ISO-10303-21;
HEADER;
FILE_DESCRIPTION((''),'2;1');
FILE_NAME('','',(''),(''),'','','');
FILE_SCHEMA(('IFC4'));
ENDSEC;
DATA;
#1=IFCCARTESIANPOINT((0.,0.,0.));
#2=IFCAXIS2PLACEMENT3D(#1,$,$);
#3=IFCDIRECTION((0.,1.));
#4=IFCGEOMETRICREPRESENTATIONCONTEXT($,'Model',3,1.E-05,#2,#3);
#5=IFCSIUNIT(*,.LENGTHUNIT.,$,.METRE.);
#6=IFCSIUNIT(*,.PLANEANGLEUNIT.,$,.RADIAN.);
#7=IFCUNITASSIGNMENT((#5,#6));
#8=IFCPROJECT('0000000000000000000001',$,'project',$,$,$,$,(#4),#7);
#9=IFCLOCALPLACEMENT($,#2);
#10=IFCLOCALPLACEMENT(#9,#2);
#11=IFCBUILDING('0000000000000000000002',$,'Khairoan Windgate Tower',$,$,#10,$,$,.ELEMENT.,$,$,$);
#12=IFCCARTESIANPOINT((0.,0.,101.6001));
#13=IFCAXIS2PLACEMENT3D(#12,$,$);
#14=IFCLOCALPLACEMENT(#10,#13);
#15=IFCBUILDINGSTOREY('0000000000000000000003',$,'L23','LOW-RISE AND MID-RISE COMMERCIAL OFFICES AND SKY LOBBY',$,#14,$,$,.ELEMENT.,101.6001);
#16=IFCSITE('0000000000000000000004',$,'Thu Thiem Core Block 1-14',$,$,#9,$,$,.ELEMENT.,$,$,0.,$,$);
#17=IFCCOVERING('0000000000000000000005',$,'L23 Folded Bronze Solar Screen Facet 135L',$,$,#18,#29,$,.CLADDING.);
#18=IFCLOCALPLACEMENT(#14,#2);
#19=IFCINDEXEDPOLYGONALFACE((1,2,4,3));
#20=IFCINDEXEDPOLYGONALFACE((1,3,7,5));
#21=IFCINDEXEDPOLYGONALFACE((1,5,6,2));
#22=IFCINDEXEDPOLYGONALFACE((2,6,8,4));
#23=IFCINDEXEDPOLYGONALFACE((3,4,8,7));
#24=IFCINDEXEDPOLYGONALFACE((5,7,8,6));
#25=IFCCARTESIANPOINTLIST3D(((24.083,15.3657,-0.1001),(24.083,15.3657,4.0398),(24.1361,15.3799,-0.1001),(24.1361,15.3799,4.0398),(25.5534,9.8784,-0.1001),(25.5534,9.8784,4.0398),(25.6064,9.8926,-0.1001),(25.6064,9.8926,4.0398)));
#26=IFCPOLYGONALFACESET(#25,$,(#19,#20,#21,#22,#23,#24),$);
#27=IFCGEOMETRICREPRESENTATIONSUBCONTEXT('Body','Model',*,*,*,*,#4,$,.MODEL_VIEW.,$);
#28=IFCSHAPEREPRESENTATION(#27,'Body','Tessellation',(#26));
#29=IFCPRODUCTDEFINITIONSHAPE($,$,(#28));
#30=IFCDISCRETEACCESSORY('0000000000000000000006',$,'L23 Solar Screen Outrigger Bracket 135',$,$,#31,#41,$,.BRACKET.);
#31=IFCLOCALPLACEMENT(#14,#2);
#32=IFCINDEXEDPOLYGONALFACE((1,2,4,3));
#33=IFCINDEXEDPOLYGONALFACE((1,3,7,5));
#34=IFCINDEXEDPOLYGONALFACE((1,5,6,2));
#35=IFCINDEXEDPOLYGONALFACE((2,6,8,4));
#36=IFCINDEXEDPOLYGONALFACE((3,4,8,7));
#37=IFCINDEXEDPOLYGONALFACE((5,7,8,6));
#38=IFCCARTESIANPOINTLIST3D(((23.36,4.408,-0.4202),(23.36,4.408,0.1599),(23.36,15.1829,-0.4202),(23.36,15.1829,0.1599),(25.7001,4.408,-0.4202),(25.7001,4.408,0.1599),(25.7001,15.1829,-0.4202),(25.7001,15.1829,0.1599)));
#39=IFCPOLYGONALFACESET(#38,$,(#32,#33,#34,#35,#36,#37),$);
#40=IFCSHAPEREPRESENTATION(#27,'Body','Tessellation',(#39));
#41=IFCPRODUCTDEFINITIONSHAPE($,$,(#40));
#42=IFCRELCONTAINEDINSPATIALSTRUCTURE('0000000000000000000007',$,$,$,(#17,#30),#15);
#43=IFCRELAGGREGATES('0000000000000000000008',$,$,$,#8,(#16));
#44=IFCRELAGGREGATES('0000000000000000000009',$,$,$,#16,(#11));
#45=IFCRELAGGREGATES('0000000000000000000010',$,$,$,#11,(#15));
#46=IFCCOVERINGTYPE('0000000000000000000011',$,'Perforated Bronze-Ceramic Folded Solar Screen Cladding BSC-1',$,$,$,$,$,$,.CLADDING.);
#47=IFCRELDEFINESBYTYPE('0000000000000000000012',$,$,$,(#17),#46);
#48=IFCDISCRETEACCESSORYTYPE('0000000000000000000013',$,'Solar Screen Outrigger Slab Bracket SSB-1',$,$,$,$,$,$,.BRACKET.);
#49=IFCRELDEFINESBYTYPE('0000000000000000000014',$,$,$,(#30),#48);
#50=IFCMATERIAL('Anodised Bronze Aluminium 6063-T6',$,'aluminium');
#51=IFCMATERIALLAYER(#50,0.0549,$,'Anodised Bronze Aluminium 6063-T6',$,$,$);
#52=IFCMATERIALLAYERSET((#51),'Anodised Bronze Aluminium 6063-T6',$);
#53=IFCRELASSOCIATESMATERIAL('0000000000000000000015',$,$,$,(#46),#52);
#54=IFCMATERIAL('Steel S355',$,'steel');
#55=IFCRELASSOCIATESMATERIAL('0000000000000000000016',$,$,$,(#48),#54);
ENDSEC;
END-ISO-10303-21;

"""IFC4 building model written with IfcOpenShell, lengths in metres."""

from ifc_helpers import new_model, si_unit, direction, frame, origin, origin_2d, place, context, subcontext, project, spatial, rectangle, extrude, material, layer, layer_set, type_object, element, save


model = new_model("IFC4")

# Units and contexts
model_context = context("Model", 3, precision=1e-05, world=origin(), true_north=direction((0.0, 1.0)))
body_context = subcontext(model_context, "Body", "Model", "MODEL_VIEW")
ifc_project = project(units=[si_unit("LENGTHUNIT", "METRE"), si_unit("PLANEANGLEUNIT", "RADIAN")], contexts=[model_context])

# Site, building, storey
site_placement = place(None, origin())
site = spatial("IfcSite", under=ifc_project, at=site_placement, Name="Thu Thiem Core Block 1-14", CompositionType="ELEMENT", RefElevation=0.0)
building_placement = place(site_placement, origin())
building = spatial("IfcBuilding", under=site, at=building_placement, Name="Khairoan Windgate Tower", CompositionType="ELEMENT")
storey_placement = place(building_placement, frame((0.0, 0.0, 101.6001)))
storey = spatial("IfcBuildingStorey", under=building, at=storey_placement, Name="L23", Description="LOW-RISE AND MID-RISE COMMERCIAL OFFICES AND SKY LOBBY", CompositionType="ELEMENT", Elevation=101.6001)

# Covering
ifc_material_1 = material(Name="Anodised Bronze Aluminium 6063-T6", Category="aluminium")
ifc_layer_1 = layer(ifc_material_1, 0.0549, Name="Anodised Bronze Aluminium 6063-T6")
ifc_layer_set_1 = layer_set([ifc_layer_1], Name="Anodised Bronze Aluminium 6063-T6")
covering_type = type_object("IfcCoveringType", Name="Perforated Bronze-Ceramic Folded Solar Screen Cladding BSC-1", PredefinedType="CLADDING", material=ifc_layer_set_1)
covering_placement = place(storey_placement, frame((24.8447, 12.6292, -0.1001), z_axis=(0.0, 0.0, 1.0), x_axis=(0.258819, -0.965926, 0.0)))
element("IfcCovering", 1, at=covering_placement, inside=storey, type_object=covering_type, Name="L23 Folded Bronze Solar Screen Facet 135L", PredefinedType="CLADDING", context=body_context, shape_type="SweptSolid", body=[
    extrude(rectangle(XDim=5.6809, YDim=0.0549, at=origin_2d()), origin(), (0.0, 0.0, 1.0), 4.1399),
])

# Discrete accessory
ifc_material_2 = material(Name="Steel S355", Category="steel")
discrete_accessory_type = type_object("IfcDiscreteAccessoryType", Name="Solar Screen Outrigger Slab Bracket SSB-1", PredefinedType="BRACKET", material=ifc_material_2)
discrete_accessory_placement = place(storey_placement, frame((24.53, 9.7954, -0.4202), z_axis=(0.0, 0.0, 1.0), x_axis=(0.0, -1.0, 0.0)))
element("IfcDiscreteAccessory", 2, at=discrete_accessory_placement, inside=storey, type_object=discrete_accessory_type, Name="L23 Solar Screen Outrigger Bracket 135", PredefinedType="BRACKET", context=body_context, shape_type="SweptSolid", body=[
    extrude(rectangle(XDim=10.7749, YDim=2.3401, at=origin_2d()), origin(), (0.0, 0.0, 1.0), 0.5801),
])

save(model, "model.ifc")
